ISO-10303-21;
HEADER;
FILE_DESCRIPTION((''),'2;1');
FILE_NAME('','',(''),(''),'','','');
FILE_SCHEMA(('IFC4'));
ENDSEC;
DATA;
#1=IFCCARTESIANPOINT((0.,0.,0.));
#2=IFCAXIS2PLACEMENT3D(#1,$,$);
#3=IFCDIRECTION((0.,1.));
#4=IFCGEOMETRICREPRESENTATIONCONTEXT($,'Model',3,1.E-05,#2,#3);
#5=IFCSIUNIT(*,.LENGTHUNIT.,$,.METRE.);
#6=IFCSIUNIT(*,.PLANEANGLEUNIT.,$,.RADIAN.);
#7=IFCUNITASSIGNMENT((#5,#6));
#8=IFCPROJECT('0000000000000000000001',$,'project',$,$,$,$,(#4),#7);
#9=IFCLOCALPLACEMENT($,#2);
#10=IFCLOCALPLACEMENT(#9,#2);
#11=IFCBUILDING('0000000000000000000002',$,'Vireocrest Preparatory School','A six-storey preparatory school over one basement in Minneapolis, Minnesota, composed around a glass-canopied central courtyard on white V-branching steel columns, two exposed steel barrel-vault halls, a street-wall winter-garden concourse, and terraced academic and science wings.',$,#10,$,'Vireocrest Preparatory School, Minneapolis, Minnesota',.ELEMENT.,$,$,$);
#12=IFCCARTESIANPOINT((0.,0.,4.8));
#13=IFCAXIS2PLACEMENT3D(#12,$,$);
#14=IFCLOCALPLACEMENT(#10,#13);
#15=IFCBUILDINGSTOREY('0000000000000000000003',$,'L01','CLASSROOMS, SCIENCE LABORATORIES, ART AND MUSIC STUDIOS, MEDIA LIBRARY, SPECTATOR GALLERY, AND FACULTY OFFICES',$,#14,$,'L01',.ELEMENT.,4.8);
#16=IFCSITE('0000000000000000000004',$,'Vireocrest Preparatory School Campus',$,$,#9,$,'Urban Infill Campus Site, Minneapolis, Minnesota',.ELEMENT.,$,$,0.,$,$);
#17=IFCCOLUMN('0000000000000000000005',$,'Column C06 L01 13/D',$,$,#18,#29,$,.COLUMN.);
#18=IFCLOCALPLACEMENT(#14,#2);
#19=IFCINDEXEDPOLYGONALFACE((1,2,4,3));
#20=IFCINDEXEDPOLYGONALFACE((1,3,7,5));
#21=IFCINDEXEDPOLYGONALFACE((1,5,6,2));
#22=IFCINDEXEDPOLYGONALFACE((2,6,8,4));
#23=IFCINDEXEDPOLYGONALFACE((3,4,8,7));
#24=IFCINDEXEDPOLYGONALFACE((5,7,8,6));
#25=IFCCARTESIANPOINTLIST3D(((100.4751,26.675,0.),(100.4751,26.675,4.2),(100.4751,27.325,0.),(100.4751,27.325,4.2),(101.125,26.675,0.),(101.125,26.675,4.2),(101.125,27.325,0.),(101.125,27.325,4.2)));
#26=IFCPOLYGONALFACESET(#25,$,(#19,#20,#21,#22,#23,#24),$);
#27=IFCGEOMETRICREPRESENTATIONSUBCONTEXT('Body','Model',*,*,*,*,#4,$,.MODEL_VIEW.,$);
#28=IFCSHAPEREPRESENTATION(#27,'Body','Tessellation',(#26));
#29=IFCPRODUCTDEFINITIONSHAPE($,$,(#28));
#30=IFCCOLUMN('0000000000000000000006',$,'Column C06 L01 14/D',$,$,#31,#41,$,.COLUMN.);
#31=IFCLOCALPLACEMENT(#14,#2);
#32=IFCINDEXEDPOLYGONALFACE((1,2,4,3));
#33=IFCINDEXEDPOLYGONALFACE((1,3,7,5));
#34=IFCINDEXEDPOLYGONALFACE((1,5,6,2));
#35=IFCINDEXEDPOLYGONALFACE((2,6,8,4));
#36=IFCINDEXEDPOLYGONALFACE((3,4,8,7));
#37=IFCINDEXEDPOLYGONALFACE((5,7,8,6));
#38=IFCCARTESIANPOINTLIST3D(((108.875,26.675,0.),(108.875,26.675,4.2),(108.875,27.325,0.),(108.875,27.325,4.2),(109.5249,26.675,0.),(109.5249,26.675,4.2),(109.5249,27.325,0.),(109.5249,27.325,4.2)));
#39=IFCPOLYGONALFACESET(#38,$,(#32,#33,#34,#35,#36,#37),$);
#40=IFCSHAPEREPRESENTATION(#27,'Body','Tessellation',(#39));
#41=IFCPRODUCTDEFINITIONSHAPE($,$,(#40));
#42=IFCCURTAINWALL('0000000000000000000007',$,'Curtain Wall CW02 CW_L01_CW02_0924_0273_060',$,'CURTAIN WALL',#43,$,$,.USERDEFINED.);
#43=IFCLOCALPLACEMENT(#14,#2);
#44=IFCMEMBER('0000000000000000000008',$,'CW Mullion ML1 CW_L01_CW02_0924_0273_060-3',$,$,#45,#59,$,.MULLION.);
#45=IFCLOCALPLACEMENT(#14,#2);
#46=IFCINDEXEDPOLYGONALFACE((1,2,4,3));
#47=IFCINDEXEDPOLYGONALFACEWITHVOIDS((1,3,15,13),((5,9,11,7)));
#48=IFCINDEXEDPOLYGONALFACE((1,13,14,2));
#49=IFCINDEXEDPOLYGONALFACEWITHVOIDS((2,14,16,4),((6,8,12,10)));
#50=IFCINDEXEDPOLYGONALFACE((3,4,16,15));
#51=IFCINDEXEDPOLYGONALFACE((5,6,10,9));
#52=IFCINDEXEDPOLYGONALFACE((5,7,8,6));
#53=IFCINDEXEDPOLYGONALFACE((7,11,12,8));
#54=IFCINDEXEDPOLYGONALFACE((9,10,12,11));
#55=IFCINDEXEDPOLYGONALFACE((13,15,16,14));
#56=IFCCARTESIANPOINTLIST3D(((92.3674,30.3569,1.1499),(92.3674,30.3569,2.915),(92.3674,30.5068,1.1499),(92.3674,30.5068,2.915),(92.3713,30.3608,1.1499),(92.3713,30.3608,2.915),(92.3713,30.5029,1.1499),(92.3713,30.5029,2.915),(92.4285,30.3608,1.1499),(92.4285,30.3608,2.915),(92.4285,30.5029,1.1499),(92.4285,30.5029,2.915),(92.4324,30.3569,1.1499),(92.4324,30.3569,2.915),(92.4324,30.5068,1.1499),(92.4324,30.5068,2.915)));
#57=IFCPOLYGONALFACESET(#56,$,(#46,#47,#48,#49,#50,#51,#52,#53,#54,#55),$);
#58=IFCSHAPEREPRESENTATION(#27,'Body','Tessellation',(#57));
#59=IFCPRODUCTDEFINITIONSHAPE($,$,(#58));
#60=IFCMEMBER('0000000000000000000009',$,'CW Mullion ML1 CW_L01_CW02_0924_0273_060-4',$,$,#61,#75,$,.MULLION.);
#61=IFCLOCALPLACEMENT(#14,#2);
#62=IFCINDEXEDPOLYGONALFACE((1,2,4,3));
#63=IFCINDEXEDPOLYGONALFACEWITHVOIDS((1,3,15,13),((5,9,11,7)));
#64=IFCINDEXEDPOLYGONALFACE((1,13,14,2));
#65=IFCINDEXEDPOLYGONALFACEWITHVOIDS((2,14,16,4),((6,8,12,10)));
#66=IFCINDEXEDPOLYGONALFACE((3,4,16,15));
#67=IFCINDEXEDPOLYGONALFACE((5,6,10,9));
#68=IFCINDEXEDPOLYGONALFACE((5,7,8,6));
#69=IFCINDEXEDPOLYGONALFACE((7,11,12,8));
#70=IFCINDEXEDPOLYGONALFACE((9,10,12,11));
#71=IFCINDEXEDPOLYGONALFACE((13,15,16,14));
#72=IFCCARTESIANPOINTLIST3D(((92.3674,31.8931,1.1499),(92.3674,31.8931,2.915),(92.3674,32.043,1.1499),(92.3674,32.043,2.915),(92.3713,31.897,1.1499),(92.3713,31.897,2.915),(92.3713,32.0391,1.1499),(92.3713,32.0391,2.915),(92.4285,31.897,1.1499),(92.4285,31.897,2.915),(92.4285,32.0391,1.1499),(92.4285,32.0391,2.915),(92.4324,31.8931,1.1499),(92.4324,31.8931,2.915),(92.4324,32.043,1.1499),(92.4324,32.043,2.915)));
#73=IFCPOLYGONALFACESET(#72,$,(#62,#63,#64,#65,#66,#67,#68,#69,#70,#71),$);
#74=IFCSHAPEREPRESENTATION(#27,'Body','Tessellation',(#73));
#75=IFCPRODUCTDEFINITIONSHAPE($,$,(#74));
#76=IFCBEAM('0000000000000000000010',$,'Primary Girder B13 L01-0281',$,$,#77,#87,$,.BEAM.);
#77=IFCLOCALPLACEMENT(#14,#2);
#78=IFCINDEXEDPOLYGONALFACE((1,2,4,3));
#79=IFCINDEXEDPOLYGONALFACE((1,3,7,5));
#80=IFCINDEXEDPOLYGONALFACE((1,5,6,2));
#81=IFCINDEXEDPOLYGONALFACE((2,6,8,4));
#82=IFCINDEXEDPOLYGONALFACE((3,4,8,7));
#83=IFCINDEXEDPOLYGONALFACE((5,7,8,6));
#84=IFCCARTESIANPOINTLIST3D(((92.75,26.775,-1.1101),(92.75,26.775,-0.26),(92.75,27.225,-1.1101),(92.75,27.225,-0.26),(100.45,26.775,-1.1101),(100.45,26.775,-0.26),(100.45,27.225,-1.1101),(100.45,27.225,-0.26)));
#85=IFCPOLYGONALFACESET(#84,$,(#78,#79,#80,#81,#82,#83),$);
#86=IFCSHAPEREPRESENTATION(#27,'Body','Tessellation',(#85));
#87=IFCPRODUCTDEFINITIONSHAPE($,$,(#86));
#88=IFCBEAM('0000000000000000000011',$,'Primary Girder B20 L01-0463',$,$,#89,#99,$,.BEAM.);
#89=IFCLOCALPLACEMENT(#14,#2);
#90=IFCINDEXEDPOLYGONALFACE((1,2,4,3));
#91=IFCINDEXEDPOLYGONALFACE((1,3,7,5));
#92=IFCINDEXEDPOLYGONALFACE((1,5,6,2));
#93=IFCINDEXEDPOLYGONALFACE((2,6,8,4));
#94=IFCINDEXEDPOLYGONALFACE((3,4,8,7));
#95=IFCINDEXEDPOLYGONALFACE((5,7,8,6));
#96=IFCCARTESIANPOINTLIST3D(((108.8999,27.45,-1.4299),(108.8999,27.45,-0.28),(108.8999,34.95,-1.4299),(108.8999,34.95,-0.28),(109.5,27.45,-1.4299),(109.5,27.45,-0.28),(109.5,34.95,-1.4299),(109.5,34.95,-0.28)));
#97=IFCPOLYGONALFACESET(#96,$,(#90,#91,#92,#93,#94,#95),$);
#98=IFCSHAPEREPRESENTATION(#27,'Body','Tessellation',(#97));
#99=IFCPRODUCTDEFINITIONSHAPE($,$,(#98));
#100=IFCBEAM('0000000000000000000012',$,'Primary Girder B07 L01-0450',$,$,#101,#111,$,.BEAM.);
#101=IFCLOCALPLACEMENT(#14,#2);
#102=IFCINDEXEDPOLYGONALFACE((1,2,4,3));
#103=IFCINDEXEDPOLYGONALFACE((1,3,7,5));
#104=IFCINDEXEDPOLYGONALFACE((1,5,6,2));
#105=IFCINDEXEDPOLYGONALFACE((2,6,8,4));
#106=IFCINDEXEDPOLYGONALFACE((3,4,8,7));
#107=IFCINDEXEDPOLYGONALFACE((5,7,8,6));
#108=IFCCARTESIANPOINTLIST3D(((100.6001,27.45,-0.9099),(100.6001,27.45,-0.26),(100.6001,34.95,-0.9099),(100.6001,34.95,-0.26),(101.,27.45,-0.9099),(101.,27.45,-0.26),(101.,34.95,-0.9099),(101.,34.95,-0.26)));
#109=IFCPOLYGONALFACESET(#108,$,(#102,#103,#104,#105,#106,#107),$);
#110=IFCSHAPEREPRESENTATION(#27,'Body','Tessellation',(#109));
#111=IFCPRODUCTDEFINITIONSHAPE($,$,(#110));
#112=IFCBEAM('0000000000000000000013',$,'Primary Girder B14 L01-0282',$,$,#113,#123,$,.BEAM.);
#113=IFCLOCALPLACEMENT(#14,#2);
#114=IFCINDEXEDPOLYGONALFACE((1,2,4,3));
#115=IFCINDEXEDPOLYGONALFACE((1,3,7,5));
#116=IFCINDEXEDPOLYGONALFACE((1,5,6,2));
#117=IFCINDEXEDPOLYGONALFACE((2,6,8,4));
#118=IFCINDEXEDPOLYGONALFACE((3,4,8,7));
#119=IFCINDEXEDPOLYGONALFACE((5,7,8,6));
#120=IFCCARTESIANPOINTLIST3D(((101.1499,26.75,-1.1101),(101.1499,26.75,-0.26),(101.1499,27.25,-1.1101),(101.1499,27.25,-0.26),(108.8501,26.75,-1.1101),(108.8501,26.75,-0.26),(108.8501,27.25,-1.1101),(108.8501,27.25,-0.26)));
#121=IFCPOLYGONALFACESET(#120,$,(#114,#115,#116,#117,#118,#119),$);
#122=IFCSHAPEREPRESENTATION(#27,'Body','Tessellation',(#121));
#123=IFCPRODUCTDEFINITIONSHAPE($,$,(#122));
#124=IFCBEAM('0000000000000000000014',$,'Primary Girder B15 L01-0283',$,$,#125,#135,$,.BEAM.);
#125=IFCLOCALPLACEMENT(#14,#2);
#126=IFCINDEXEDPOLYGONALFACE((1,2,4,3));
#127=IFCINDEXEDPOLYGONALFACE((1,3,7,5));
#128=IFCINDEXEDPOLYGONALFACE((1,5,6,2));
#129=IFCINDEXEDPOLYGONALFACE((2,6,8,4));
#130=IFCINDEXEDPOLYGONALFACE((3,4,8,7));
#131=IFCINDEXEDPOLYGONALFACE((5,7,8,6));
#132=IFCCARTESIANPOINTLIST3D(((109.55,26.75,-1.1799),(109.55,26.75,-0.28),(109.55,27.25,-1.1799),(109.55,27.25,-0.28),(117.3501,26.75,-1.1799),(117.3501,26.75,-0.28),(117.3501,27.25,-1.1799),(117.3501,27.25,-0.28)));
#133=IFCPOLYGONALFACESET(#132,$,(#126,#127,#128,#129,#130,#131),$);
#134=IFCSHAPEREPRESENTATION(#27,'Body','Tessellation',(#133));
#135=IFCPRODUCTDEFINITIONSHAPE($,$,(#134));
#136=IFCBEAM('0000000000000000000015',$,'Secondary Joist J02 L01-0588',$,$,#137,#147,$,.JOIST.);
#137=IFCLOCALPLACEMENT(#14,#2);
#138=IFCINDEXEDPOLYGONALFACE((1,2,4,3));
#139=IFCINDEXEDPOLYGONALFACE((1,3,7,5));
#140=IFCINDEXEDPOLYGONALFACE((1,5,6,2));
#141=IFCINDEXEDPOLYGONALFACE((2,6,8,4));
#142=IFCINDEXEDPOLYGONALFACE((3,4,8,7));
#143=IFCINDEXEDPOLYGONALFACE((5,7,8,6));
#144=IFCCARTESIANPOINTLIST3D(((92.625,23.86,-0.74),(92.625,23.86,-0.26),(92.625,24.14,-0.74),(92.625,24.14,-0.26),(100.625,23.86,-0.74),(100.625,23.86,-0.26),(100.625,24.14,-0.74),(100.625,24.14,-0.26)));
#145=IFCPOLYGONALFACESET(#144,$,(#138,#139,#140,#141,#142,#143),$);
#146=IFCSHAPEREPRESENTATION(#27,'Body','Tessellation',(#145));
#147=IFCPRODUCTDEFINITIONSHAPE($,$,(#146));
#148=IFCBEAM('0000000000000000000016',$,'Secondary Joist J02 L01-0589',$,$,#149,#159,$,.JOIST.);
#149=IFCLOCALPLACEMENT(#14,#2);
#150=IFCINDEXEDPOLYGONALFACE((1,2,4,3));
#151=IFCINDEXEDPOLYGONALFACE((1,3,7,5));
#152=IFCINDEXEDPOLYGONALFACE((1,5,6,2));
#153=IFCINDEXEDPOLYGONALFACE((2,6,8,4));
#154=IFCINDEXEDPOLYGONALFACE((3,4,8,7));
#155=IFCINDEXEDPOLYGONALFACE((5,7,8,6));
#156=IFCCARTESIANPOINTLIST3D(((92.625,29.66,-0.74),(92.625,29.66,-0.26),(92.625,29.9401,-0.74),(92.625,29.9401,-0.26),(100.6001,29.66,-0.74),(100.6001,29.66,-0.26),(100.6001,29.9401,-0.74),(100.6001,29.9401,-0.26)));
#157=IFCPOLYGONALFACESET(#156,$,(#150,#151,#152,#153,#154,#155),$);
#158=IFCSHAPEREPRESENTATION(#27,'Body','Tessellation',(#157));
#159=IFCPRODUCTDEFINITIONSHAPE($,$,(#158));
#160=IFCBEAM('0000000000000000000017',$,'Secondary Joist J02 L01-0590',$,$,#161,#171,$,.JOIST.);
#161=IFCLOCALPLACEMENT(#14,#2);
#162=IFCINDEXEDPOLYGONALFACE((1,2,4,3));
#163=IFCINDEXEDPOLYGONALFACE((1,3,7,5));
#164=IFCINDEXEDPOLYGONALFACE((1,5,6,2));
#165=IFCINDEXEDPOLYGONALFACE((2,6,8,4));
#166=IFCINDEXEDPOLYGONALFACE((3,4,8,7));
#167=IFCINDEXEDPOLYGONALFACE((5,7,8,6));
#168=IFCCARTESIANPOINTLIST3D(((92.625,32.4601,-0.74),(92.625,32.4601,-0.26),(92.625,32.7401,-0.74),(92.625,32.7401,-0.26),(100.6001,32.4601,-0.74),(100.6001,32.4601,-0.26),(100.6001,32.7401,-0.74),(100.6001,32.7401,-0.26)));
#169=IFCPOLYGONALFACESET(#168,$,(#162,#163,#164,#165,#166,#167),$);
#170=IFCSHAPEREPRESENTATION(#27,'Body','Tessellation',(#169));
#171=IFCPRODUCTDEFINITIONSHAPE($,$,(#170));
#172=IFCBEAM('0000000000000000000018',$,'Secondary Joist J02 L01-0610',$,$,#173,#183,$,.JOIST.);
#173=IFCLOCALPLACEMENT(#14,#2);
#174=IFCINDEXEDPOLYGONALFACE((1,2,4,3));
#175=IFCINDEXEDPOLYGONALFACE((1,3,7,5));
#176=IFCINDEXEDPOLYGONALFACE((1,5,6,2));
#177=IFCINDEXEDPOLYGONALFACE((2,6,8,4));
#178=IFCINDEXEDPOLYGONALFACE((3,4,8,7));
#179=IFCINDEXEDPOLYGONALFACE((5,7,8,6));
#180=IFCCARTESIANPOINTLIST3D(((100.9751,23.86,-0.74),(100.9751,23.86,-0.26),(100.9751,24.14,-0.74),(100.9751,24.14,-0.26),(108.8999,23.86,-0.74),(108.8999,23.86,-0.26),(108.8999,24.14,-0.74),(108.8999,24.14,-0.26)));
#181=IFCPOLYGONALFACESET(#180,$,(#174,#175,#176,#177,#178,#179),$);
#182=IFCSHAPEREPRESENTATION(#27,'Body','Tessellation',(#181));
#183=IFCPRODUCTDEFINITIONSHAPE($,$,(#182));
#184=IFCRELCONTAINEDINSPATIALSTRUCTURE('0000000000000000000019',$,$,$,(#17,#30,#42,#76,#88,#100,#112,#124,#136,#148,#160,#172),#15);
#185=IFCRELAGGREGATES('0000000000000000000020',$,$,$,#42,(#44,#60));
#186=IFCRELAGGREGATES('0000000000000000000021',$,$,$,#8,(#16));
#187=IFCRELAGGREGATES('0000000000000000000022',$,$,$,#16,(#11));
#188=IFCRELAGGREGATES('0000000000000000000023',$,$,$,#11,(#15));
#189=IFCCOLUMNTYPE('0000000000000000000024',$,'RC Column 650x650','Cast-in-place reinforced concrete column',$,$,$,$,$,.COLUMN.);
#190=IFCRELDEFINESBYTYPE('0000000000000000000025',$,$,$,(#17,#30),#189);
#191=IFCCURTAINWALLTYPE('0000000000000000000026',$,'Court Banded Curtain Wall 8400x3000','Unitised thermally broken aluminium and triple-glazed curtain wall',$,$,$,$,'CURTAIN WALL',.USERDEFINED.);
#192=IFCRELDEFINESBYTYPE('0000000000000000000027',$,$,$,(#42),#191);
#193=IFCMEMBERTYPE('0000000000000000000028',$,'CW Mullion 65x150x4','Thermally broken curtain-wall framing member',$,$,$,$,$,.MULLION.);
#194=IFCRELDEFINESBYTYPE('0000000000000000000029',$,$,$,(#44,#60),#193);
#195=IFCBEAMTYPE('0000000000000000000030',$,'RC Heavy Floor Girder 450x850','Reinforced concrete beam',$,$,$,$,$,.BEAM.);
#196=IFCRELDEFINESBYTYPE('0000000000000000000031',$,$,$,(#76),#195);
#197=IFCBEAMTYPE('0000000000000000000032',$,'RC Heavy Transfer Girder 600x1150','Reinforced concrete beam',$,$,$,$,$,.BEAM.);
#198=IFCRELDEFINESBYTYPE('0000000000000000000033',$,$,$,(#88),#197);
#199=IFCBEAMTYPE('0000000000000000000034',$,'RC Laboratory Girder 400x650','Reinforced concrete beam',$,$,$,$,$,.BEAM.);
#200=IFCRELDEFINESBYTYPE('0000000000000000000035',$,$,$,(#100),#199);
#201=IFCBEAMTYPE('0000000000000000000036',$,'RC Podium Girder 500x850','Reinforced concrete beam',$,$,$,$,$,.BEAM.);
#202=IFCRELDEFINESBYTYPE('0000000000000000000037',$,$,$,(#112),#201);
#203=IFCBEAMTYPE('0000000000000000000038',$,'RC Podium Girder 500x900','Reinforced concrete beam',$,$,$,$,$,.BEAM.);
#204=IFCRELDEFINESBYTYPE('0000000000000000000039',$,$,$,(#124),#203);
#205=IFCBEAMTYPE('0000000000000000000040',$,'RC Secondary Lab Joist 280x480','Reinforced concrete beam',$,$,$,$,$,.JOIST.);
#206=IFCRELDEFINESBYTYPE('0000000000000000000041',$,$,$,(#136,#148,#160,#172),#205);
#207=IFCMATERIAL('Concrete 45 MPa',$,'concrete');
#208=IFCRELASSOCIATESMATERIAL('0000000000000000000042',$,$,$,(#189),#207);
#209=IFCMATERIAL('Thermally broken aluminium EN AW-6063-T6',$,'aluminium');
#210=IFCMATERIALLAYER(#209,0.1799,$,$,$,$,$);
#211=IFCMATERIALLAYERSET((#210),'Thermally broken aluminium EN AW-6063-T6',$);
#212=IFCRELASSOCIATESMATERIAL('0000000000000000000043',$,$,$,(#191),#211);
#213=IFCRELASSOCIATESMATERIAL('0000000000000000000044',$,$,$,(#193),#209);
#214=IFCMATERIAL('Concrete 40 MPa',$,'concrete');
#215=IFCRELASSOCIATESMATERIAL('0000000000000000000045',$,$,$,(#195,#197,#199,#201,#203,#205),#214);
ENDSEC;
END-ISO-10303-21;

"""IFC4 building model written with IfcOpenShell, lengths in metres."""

from ifc_helpers import new_model, si_unit, direction, frame, origin, origin_2d, place, context, subcontext, project, spatial, rectangle, hollow_rectangle, extrude, material, layer, layer_set, material_profile, profile_set, type_object, element, aggregate, save


model = new_model("IFC4")

# Units and contexts
model_context = context("Model", 3, precision=1e-05, world=origin(), true_north=direction((0.0, 1.0)))
body_context = subcontext(model_context, "Body", "Model", "MODEL_VIEW")
ifc_project = project(units=[si_unit("LENGTHUNIT", "METRE"), si_unit("PLANEANGLEUNIT", "RADIAN")], contexts=[model_context])

# Site, building, storey
site_placement = place(None, origin())
site = spatial("IfcSite", under=ifc_project, at=site_placement, Name="Vireocrest Preparatory School Campus", LongName="Urban Infill Campus Site, Minneapolis, Minnesota", CompositionType="ELEMENT", RefElevation=0.0)
building_placement = place(site_placement, origin())
building = spatial("IfcBuilding", under=site, at=building_placement, Name="Vireocrest Preparatory School", Description="A six-storey preparatory school over one basement in Minneapolis, Minnesota, composed around a glass-canopied central courtyard on white V-branching steel columns, two exposed steel barrel-vault halls, a street-wall winter-garden concourse, and terraced academic and science wings.", LongName="Vireocrest Preparatory School, Minneapolis, Minnesota", CompositionType="ELEMENT")
storey_placement = place(building_placement, frame((0.0, 0.0, 4.8)))
storey = spatial("IfcBuildingStorey", under=building, at=storey_placement, Name="L01", Description="CLASSROOMS, SCIENCE LABORATORIES, ART AND MUSIC STUDIOS, MEDIA LIBRARY, SPECTATOR GALLERY, AND FACULTY OFFICES", LongName="L01", CompositionType="ELEMENT", Elevation=4.8)

# Columns
ifc_material_1 = material(Name="Concrete 45 MPa", Category="concrete")
ifc_material_profile_1 = material_profile(ifc_material_1, rectangle(XDim=0.6499, YDim=0.6499, at=origin_2d()), Name="RC 650x650")
ifc_profile_set_1 = profile_set([ifc_material_profile_1], Name="Concrete 45 MPa")
column_type = type_object("IfcColumnType", Name="RC Column 650x650", Description="Cast-in-place reinforced concrete column", PredefinedType="COLUMN", material=ifc_profile_set_1)
for number, where, z_axis, x_axis, name in (
    (1, (100.8, 27.0, 0.0), (0.0, 0.0, 1.0), (1.0, 0.0, 0.0), "Column C06 L01 13/D"),
    (2, (109.2, 27.0, 0.0), (0.0, 0.0, 1.0), (1.0, 0.0, 0.0), "Column C06 L01 14/D"),
):
    element("IfcColumn", number, at=place(storey_placement, frame(where, z_axis=z_axis, x_axis=x_axis)), inside=storey, type_object=column_type, Name=name, PredefinedType="COLUMN", context=body_context, shape_type="SweptSolid", body=[
        extrude(rectangle(XDim=0.6499, YDim=0.6499, at=origin_2d()), origin(), (0.0, 0.0, 1.0), 4.2),
    ])

# Curtain wall, members
ifc_material_2 = material(Name="Thermally broken aluminium EN AW-6063-T6", Category="aluminium")
ifc_layer_1 = layer(ifc_material_2, 0.1799)
ifc_layer_set_1 = layer_set([ifc_layer_1], Name="Thermally broken aluminium EN AW-6063-T6")
curtain_wall_type = type_object("IfcCurtainWallType", Name="Court Banded Curtain Wall 8400x3000", Description="Unitised thermally broken aluminium and triple-glazed curtain wall", ElementType="CURTAIN WALL", PredefinedType="USERDEFINED", material=ifc_layer_set_1)
curtain_wall_placement = place(storey_placement, origin())
curtain_wall = element("IfcCurtainWall", 3, at=curtain_wall_placement, inside=storey, type_object=curtain_wall_type, Name="Curtain Wall CW02 CW_L01_CW02_0924_0273_060", ObjectType="CURTAIN WALL", PredefinedType="USERDEFINED")
ifc_material_profile_2 = material_profile(ifc_material_2, hollow_rectangle(XDim=0.0649, YDim=0.1499, WallThickness=0.0039, at=origin_2d()), Name="ALU 65x150x4")
ifc_profile_set_2 = profile_set([ifc_material_profile_2], Name="Thermally broken aluminium EN AW-6063-T6")
member_type = type_object("IfcMemberType", Name="CW Mullion 65x150x4", Description="Thermally broken curtain-wall framing member", PredefinedType="MULLION", material=ifc_profile_set_2)
member_1_placement = place(storey_placement, frame((92.3999, 30.4319, 1.1499), z_axis=(0.0, 0.0, 1.0), x_axis=(1.0, 0.0, 0.0)))
member_1 = element("IfcMember", 4, at=member_1_placement, type_object=member_type, Name="CW Mullion ML1 CW_L01_CW02_0924_0273_060-3", PredefinedType="MULLION", context=body_context, shape_type="SweptSolid", body=[
    extrude(hollow_rectangle(XDim=0.0649, YDim=0.1499, WallThickness=0.0039, at=origin_2d()), origin(), (0.0, 0.0, 1.0), 1.7651),
])
member_2_placement = place(storey_placement, frame((92.3999, 31.968, 1.1499), z_axis=(0.0, 0.0, 1.0), x_axis=(1.0, 0.0, 0.0)))
member_2 = element("IfcMember", 5, at=member_2_placement, type_object=member_type, Name="CW Mullion ML1 CW_L01_CW02_0924_0273_060-4", PredefinedType="MULLION", context=body_context, shape_type="SweptSolid", body=[
    extrude(hollow_rectangle(XDim=0.0649, YDim=0.1499, WallThickness=0.0039, at=origin_2d()), origin(), (0.0, 0.0, 1.0), 1.7651),
])

# Beams
ifc_material_3 = material(Name="Concrete 40 MPa", Category="concrete")
ifc_material_profile_3 = material_profile(ifc_material_3, rectangle(XDim=0.45, YDim=0.8501, at=origin_2d()), Name="RC 450x850")
ifc_profile_set_3 = profile_set([ifc_material_profile_3], Name="Concrete 40 MPa")
beam_type_1 = type_object("IfcBeamType", Name="RC Heavy Floor Girder 450x850", Description="Reinforced concrete beam", PredefinedType="BEAM", material=ifc_profile_set_3)
beam_1_placement = place(storey_placement, frame((92.75, 27.0, -0.6851), z_axis=(1.0, 0.0, 0.0), x_axis=(0.0, 1.0, 0.0)))
element("IfcBeam", 6, at=beam_1_placement, inside=storey, type_object=beam_type_1, Name="Primary Girder B13 L01-0281", PredefinedType="BEAM", context=body_context, shape_type="SweptSolid", body=[
    extrude(rectangle(XDim=0.45, YDim=0.8501, at=origin_2d()), origin(), (0.0, 0.0, 1.0), 7.7),
])
ifc_material_profile_4 = material_profile(ifc_material_3, rectangle(XDim=0.6001, YDim=1.1499, at=origin_2d()), Name="RC 600x1150")
ifc_profile_set_4 = profile_set([ifc_material_profile_4], Name="Concrete 40 MPa")
beam_type_2 = type_object("IfcBeamType", Name="RC Heavy Transfer Girder 600x1150", Description="Reinforced concrete beam", PredefinedType="BEAM", material=ifc_profile_set_4)
beam_2_placement = place(storey_placement, frame((109.2, 27.45, -0.855), z_axis=(0.0, 1.0, 0.0), x_axis=(-1.0, 0.0, 0.0)))
element("IfcBeam", 7, at=beam_2_placement, inside=storey, type_object=beam_type_2, Name="Primary Girder B20 L01-0463", PredefinedType="BEAM", context=body_context, shape_type="SweptSolid", body=[
    extrude(rectangle(XDim=0.6001, YDim=1.1499, at=origin_2d()), origin(), (0.0, 0.0, 1.0), 7.5),
])
ifc_material_profile_5 = material_profile(ifc_material_3, rectangle(XDim=0.3999, YDim=0.6499, at=origin_2d()), Name="RC 400x650")
ifc_profile_set_5 = profile_set([ifc_material_profile_5], Name="Concrete 40 MPa")
beam_type_3 = type_object("IfcBeamType", Name="RC Laboratory Girder 400x650", Description="Reinforced concrete beam", PredefinedType="BEAM", material=ifc_profile_set_5)
beam_3_placement = place(storey_placement, frame((100.8, 27.45, -0.585), z_axis=(0.0, 1.0, 0.0), x_axis=(-1.0, 0.0, 0.0)))
element("IfcBeam", 8, at=beam_3_placement, inside=storey, type_object=beam_type_3, Name="Primary Girder B07 L01-0450", PredefinedType="BEAM", context=body_context, shape_type="SweptSolid", body=[
    extrude(rectangle(XDim=0.3999, YDim=0.6499, at=origin_2d()), origin(), (0.0, 0.0, 1.0), 7.5),
])
ifc_material_profile_6 = material_profile(ifc_material_3, rectangle(XDim=0.5, YDim=0.8501, at=origin_2d()), Name="RC 500x850")
ifc_profile_set_6 = profile_set([ifc_material_profile_6], Name="Concrete 40 MPa")
beam_type_4 = type_object("IfcBeamType", Name="RC Podium Girder 500x850", Description="Reinforced concrete beam", PredefinedType="BEAM", material=ifc_profile_set_6)
beam_4_placement = place(storey_placement, frame((101.1499, 27.0, -0.6851), z_axis=(1.0, 0.0, 0.0), x_axis=(0.0, 1.0, 0.0)))
element("IfcBeam", 9, at=beam_4_placement, inside=storey, type_object=beam_type_4, Name="Primary Girder B14 L01-0282", PredefinedType="BEAM", context=body_context, shape_type="SweptSolid", body=[
    extrude(rectangle(XDim=0.5, YDim=0.8501, at=origin_2d()), origin(), (0.0, 0.0, 1.0), 7.7002),
])
ifc_material_profile_7 = material_profile(ifc_material_3, rectangle(XDim=0.5, YDim=0.8999, at=origin_2d()), Name="RC 500x900")
ifc_profile_set_7 = profile_set([ifc_material_profile_7], Name="Concrete 40 MPa")
beam_type_5 = type_object("IfcBeamType", Name="RC Podium Girder 500x900", Description="Reinforced concrete beam", PredefinedType="BEAM", material=ifc_profile_set_7)
beam_5_placement = place(storey_placement, frame((109.55, 27.0, -0.73), z_axis=(1.0, 0.0, 0.0), x_axis=(0.0, 1.0, 0.0)))
element("IfcBeam", 10, at=beam_5_placement, inside=storey, type_object=beam_type_5, Name="Primary Girder B15 L01-0283", PredefinedType="BEAM", context=body_context, shape_type="SweptSolid", body=[
    extrude(rectangle(XDim=0.5, YDim=0.8999, at=origin_2d()), origin(), (0.0, 0.0, 1.0), 7.8),
])
ifc_material_profile_8 = material_profile(ifc_material_3, rectangle(XDim=0.28, YDim=0.48, at=origin_2d()), Name="RC 280x480")
ifc_profile_set_8 = profile_set([ifc_material_profile_8], Name="Concrete 40 MPa")
beam_type_6 = type_object("IfcBeamType", Name="RC Secondary Lab Joist 280x480", Description="Reinforced concrete beam", PredefinedType="JOIST", material=ifc_profile_set_8)
beam_6_placement = place(storey_placement, frame((92.625, 24.0, -0.5), z_axis=(1.0, 0.0, 0.0), x_axis=(0.0, 1.0, 0.0)))
element("IfcBeam", 11, at=beam_6_placement, inside=storey, type_object=beam_type_6, Name="Secondary Joist J02 L01-0588", PredefinedType="JOIST", context=body_context, shape_type="SweptSolid", body=[
    extrude(rectangle(XDim=0.28, YDim=0.48, at=origin_2d()), origin(), (0.0, 0.0, 1.0), 8.0),
])
for number, where, z_axis, x_axis, name in (
    (12, (92.625, 29.8, -0.5), (1.0, 0.0, 0.0), (0.0, 1.0, 0.0), "Secondary Joist J02 L01-0589"),
    (13, (92.625, 32.6001, -0.5), (1.0, 0.0, 0.0), (0.0, 1.0, 0.0), "Secondary Joist J02 L01-0590"),
):
    element("IfcBeam", number, at=place(storey_placement, frame(where, z_axis=z_axis, x_axis=x_axis)), inside=storey, type_object=beam_type_6, Name=name, PredefinedType="JOIST", context=body_context, shape_type="SweptSolid", body=[
        extrude(rectangle(XDim=0.28, YDim=0.48, at=origin_2d()), origin(), (0.0, 0.0, 1.0), 7.9751),
    ])
beam_7_placement = place(storey_placement, frame((100.9751, 24.0, -0.5), z_axis=(1.0, 0.0, 0.0), x_axis=(0.0, 1.0, 0.0)))
element("IfcBeam", 14, at=beam_7_placement, inside=storey, type_object=beam_type_6, Name="Secondary Joist J02 L01-0610", PredefinedType="JOIST", context=body_context, shape_type="SweptSolid", body=[
    extrude(rectangle(XDim=0.28, YDim=0.48, at=origin_2d()), origin(), (0.0, 0.0, 1.0), 7.9248),
])

aggregate(curtain_wall, [member_1, member_2])

save(model, "model.ifc")
